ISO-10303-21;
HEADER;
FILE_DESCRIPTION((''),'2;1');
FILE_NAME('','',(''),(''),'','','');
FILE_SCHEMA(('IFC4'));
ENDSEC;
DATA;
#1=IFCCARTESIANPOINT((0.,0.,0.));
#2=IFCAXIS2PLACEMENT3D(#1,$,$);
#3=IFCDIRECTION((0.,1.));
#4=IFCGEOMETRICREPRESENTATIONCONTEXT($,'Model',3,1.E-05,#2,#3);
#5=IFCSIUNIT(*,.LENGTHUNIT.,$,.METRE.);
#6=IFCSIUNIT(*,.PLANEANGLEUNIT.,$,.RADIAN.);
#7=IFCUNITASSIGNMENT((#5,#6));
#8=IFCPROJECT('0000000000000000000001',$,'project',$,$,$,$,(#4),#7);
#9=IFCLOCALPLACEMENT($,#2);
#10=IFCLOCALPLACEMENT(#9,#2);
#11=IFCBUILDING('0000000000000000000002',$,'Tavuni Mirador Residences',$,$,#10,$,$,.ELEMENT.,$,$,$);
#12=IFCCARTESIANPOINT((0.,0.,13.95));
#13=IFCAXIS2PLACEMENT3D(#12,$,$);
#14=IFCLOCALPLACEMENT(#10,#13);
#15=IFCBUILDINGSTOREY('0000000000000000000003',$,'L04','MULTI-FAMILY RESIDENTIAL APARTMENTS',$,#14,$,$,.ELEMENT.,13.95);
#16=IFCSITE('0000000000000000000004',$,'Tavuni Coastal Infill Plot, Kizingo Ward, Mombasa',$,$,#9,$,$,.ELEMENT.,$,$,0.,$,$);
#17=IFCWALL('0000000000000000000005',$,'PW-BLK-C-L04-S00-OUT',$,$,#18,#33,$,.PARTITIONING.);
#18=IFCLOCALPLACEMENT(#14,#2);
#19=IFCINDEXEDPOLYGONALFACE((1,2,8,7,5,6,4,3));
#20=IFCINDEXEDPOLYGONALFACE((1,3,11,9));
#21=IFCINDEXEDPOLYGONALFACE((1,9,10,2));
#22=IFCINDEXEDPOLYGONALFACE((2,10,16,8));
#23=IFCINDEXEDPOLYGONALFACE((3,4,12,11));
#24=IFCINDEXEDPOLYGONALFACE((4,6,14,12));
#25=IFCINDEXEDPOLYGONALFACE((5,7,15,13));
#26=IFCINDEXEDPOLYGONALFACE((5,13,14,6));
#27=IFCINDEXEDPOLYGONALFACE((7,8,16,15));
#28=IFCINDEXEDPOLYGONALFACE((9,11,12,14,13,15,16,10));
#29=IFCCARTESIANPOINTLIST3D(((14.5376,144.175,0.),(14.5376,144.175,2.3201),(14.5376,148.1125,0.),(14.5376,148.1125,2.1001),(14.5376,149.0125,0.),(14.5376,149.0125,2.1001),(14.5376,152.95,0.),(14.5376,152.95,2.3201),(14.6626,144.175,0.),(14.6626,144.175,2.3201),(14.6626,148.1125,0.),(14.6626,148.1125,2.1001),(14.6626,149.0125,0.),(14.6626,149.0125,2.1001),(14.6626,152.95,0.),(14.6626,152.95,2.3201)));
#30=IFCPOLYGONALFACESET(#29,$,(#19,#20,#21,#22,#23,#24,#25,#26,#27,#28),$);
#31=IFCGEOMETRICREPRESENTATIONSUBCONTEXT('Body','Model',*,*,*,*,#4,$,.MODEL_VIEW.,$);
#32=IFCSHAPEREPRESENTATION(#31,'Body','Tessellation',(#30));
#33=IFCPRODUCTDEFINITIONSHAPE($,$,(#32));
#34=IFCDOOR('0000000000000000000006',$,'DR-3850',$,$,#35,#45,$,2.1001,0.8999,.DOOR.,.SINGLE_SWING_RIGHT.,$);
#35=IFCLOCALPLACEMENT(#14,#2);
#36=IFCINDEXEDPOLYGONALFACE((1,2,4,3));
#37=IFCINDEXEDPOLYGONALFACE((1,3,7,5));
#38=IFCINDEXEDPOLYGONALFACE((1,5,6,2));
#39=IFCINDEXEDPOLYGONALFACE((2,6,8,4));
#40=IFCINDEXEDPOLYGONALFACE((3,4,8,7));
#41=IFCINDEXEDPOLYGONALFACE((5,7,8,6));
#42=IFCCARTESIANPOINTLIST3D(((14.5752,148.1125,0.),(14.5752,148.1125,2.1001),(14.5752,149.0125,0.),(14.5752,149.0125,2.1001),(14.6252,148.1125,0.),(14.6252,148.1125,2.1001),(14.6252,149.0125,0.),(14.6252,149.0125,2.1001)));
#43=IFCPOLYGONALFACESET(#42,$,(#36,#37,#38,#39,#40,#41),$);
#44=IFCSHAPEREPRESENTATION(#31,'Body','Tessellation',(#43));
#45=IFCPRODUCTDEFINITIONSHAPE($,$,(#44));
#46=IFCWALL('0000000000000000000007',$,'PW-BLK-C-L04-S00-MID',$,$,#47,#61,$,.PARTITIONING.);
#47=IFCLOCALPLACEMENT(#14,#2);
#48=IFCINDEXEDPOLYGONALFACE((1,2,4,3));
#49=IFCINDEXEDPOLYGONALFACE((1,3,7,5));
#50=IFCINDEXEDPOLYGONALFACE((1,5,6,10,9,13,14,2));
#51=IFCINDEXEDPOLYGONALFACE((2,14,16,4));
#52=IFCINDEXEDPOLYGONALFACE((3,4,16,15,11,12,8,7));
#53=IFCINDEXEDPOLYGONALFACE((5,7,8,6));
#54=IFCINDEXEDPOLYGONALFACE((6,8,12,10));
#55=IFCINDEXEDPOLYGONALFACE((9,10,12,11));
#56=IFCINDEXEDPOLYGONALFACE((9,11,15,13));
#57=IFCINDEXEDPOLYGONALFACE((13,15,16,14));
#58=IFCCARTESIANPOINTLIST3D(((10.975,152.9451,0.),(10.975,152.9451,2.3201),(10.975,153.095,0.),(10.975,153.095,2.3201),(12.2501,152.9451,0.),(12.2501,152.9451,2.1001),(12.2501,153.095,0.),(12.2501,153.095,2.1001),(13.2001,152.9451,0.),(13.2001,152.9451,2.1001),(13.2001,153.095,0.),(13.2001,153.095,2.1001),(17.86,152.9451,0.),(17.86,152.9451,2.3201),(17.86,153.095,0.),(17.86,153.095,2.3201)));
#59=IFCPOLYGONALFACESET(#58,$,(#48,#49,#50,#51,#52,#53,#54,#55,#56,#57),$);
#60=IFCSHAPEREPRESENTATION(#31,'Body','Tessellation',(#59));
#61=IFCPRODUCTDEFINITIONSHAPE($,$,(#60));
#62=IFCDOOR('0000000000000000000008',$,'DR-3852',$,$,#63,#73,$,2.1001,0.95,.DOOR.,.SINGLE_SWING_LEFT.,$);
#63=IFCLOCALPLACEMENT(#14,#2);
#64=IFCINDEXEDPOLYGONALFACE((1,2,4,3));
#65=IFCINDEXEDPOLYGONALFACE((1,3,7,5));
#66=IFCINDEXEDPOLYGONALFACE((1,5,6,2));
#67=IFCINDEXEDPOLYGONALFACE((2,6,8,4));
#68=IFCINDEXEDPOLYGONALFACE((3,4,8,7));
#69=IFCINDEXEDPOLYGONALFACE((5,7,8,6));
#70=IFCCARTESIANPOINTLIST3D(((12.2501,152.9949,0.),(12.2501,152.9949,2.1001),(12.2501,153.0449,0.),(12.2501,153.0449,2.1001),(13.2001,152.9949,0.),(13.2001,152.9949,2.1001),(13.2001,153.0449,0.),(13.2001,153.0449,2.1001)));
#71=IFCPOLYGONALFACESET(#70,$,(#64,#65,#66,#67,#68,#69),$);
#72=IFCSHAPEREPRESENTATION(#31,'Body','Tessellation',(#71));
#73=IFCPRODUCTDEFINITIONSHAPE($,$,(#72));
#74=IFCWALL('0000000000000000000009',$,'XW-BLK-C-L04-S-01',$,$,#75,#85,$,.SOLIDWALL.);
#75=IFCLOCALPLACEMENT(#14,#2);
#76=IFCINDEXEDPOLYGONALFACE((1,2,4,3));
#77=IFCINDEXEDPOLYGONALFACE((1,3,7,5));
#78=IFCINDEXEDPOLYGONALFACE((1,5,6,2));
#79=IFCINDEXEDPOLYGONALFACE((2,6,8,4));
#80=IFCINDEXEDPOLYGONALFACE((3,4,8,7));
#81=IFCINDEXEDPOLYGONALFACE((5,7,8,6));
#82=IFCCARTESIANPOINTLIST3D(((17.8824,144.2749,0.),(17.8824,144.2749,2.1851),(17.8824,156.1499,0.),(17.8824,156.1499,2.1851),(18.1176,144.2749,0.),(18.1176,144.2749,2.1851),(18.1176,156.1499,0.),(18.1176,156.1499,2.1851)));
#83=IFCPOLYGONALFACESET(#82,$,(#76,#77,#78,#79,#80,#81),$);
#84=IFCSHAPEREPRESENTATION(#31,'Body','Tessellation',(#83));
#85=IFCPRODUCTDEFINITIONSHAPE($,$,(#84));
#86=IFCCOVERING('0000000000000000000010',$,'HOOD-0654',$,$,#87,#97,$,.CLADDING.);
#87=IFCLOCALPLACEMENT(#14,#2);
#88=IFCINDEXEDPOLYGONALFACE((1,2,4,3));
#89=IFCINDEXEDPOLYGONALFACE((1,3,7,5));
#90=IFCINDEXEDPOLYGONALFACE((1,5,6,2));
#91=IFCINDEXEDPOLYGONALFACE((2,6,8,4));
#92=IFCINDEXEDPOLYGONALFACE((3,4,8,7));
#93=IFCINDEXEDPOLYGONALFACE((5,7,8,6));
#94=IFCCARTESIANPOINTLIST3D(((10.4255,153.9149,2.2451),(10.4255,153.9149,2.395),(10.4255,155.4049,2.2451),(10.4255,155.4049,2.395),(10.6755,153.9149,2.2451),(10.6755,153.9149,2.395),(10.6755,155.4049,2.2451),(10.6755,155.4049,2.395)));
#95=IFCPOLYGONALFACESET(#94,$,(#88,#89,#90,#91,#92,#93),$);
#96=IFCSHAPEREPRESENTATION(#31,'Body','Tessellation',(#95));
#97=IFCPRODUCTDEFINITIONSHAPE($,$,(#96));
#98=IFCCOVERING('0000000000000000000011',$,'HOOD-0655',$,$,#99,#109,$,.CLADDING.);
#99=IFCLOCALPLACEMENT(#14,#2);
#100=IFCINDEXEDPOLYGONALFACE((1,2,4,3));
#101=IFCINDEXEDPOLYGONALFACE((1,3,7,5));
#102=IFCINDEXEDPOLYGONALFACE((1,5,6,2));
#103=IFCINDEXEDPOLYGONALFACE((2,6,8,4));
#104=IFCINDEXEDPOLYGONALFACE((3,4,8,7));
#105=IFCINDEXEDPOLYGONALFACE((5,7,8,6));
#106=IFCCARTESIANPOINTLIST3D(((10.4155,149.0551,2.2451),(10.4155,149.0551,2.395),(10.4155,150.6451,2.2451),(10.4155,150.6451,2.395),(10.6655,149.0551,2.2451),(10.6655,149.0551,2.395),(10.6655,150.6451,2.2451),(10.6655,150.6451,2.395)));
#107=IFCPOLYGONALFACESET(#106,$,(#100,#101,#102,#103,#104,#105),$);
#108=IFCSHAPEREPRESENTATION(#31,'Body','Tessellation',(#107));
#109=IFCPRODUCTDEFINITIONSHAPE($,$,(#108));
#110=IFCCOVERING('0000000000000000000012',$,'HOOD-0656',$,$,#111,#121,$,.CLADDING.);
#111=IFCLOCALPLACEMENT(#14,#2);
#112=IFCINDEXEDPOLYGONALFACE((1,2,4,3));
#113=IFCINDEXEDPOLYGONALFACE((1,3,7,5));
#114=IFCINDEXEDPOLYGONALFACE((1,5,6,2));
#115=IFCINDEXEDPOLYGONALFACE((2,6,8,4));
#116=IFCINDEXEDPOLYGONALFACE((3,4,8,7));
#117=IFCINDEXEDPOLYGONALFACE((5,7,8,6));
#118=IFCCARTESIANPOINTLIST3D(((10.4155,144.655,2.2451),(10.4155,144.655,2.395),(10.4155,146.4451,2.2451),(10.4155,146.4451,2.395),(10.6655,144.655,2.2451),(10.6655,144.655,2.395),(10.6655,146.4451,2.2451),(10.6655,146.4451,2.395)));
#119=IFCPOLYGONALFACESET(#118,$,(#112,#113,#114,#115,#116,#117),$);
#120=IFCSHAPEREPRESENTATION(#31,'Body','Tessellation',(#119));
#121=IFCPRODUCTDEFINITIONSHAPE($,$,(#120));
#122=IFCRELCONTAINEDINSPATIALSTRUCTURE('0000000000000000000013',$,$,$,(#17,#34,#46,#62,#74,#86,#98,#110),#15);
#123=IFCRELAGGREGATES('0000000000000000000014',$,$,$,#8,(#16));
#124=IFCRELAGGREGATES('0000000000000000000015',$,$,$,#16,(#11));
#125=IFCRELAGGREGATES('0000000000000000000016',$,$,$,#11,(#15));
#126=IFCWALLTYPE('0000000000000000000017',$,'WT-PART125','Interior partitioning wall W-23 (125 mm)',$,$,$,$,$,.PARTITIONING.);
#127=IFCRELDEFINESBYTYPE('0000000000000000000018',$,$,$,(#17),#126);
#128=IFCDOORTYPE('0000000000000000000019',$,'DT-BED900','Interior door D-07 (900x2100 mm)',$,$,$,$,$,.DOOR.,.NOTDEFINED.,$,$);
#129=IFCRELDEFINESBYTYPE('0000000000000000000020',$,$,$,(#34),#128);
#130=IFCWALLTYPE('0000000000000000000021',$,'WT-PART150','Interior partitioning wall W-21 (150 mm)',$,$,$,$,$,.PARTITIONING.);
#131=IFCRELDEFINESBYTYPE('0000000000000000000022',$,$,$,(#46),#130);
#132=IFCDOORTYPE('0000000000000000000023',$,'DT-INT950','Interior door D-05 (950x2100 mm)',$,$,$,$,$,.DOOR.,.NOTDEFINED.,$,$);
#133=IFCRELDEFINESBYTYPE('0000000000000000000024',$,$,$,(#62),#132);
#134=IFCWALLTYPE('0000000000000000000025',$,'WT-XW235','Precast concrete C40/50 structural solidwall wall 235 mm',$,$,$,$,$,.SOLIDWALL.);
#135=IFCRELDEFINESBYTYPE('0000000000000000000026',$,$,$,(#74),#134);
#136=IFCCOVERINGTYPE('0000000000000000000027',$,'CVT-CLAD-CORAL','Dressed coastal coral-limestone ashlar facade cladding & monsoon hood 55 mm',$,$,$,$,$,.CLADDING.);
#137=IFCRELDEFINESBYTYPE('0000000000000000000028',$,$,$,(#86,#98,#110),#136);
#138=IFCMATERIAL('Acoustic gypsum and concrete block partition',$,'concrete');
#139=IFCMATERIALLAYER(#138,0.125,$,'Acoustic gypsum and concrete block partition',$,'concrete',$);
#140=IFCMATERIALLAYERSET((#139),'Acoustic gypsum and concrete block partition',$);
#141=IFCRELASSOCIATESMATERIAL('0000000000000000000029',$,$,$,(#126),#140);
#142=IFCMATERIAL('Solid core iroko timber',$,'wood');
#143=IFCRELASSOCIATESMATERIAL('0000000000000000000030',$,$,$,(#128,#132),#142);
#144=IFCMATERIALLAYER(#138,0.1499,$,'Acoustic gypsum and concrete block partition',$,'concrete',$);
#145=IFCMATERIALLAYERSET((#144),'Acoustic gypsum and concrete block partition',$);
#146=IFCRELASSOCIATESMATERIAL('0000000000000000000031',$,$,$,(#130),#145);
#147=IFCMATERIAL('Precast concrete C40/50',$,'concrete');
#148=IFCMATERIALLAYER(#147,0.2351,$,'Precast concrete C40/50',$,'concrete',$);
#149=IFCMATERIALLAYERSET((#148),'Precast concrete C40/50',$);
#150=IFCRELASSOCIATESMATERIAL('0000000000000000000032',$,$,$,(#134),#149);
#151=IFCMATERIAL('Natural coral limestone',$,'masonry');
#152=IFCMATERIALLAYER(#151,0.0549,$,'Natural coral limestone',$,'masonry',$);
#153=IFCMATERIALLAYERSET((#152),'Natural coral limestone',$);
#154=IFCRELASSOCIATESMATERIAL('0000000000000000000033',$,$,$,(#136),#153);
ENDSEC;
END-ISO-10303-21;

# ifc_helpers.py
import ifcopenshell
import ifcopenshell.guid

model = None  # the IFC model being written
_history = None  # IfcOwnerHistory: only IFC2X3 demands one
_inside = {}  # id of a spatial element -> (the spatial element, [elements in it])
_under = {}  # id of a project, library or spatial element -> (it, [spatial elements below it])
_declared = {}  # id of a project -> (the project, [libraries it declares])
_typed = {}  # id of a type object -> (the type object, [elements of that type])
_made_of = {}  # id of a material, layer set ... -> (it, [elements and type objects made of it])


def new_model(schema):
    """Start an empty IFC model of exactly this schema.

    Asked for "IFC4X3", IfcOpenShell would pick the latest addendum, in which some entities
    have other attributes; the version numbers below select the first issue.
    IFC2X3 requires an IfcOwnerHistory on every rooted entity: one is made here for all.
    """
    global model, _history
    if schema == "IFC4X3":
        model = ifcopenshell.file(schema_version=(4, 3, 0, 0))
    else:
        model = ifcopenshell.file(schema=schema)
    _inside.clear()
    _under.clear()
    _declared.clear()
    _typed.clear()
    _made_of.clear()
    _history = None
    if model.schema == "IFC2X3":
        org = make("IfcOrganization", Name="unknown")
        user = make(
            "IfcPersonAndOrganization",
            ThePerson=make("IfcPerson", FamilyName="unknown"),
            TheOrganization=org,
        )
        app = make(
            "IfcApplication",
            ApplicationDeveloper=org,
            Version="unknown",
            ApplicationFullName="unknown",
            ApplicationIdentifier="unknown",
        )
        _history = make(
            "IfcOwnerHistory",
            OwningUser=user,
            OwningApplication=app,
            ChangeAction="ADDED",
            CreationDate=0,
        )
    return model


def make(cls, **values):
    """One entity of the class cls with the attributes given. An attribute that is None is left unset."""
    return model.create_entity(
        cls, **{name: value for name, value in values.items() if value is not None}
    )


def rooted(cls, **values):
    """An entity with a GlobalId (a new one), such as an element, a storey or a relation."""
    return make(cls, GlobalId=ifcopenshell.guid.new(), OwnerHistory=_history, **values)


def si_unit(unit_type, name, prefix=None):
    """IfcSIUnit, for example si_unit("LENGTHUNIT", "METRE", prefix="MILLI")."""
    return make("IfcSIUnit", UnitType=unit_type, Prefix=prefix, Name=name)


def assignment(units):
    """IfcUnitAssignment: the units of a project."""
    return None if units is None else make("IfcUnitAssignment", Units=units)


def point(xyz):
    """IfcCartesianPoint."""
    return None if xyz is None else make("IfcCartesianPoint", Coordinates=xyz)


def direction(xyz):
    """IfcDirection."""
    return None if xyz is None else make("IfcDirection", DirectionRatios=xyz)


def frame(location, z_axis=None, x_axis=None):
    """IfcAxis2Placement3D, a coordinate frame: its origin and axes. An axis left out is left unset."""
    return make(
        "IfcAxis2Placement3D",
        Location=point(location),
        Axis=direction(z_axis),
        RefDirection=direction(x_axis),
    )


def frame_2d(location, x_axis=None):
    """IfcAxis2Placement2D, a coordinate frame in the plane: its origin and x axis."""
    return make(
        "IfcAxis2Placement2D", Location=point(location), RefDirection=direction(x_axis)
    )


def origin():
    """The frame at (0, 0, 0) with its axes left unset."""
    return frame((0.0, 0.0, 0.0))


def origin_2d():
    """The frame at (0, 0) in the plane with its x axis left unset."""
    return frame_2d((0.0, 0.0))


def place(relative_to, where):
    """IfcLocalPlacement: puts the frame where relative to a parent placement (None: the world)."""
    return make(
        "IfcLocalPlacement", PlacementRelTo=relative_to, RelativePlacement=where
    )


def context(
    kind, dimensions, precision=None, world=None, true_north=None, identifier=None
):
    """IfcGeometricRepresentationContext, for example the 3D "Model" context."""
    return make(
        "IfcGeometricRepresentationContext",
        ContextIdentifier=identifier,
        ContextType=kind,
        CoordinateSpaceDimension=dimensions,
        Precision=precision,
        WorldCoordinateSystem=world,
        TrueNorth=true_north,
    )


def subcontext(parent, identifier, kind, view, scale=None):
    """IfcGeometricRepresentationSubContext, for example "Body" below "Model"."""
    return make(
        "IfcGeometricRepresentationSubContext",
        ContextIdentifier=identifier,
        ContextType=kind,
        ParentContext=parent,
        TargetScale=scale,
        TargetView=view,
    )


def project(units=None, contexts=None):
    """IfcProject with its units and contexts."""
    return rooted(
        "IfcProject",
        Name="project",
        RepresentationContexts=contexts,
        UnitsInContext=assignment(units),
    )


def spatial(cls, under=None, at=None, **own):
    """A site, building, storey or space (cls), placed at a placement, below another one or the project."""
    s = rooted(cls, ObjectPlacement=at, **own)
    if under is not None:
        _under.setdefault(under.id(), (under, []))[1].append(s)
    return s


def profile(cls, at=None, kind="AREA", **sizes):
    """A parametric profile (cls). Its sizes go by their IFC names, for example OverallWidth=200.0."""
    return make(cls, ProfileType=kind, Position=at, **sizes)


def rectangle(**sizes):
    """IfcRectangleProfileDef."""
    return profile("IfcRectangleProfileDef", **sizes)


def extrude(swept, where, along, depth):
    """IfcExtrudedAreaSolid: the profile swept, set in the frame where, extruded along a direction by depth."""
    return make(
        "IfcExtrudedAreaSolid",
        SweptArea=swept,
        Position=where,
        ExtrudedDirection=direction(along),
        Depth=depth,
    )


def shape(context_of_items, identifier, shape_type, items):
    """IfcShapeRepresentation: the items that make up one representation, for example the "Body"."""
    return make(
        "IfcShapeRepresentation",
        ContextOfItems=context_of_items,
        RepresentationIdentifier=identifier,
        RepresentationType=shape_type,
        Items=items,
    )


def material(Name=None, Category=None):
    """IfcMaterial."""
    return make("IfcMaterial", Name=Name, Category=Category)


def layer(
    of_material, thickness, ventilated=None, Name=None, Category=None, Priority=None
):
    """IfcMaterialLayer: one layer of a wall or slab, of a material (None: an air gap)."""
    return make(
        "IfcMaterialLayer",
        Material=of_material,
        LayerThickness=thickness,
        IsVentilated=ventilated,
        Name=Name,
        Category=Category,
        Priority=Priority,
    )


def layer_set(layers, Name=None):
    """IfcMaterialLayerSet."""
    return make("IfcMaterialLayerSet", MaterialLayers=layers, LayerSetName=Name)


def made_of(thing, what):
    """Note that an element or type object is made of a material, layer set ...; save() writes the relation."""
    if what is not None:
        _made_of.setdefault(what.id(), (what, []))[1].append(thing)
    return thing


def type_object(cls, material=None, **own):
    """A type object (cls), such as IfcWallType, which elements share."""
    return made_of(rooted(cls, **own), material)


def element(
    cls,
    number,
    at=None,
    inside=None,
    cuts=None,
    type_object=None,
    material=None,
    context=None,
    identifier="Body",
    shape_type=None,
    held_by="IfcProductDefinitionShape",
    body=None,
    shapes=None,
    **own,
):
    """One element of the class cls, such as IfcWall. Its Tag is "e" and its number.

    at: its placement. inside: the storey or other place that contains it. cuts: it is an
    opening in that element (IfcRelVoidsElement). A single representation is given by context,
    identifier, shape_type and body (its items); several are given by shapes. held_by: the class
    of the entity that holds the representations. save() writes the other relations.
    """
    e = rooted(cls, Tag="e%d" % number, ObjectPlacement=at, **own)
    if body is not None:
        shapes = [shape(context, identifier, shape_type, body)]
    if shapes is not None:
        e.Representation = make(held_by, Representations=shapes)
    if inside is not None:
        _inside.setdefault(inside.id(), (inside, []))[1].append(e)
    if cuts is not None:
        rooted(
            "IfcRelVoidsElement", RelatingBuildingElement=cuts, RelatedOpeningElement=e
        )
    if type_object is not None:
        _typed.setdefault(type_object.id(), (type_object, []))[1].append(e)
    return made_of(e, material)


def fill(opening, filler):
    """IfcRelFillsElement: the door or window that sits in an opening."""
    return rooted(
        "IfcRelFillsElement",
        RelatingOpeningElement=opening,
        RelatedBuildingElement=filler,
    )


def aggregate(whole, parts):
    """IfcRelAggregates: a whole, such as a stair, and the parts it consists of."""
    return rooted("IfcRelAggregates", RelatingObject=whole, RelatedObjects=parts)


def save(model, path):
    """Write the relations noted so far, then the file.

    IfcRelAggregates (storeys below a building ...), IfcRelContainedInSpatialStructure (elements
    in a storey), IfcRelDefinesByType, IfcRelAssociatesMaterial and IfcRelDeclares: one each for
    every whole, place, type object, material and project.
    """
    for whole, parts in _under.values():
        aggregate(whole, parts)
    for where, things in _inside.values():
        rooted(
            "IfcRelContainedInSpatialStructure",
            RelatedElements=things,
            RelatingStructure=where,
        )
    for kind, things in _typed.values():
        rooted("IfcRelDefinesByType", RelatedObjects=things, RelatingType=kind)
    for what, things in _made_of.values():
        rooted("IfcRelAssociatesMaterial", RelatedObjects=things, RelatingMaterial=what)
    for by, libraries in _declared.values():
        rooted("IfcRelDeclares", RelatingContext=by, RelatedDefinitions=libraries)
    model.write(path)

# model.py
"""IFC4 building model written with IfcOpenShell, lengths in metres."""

from ifc_helpers import new_model, si_unit, direction, frame, frame_2d, origin, origin_2d, place, context, subcontext, project, spatial, rectangle, extrude, material, layer, layer_set, type_object, element, fill, save


model = new_model("IFC4")

# Units and contexts
model_context = context("Model", 3, precision=1e-05, world=origin(), true_north=direction((0.0, 1.0)))
body_context = subcontext(model_context, "Body", "Model", "MODEL_VIEW")
ifc_project = project(units=[si_unit("LENGTHUNIT", "METRE"), si_unit("PLANEANGLEUNIT", "RADIAN")], contexts=[model_context])

# Site, building, storey
site_placement = place(None, origin())
site = spatial("IfcSite", under=ifc_project, at=site_placement, Name="Tavuni Coastal Infill Plot, Kizingo Ward, Mombasa", CompositionType="ELEMENT", RefElevation=0.0)
building_placement = place(site_placement, origin())
building = spatial("IfcBuilding", under=site, at=building_placement, Name="Tavuni Mirador Residences", CompositionType="ELEMENT")
storey_placement = place(building_placement, frame((0.0, 0.0, 13.95)))
storey = spatial("IfcBuildingStorey", under=building, at=storey_placement, Name="L04", Description="MULTI-FAMILY RESIDENTIAL APARTMENTS", CompositionType="ELEMENT", Elevation=13.95)

# Shared definitions
ifc_material_1 = material(Name="Precast concrete C40/50", Category="concrete")

# Shared definitions
ifc_material_2 = material(Name="Solid core iroko timber", Category="wood")

# Walls, openings, doors
ifc_material_3 = material(Name="Acoustic gypsum and concrete block partition", Category="concrete")
ifc_layer_1 = layer(ifc_material_3, 0.125, Name="Acoustic gypsum and concrete block partition", Category="concrete")
ifc_layer_set_1 = layer_set([ifc_layer_1], Name="Acoustic gypsum and concrete block partition")
wall_type_1 = type_object("IfcWallType", Name="WT-PART125", Description="Interior partitioning wall W-23 (125 mm)", PredefinedType="PARTITIONING", material=ifc_layer_set_1)
wall_1_placement = place(storey_placement, frame((14.6001, 144.175, 0.0), z_axis=(0.0, 0.0, 1.0), x_axis=(0.0, 1.0, 0.0)))
wall_1 = element("IfcWall", 1, at=wall_1_placement, inside=storey, type_object=wall_type_1, Name="PW-BLK-C-L04-S00-OUT", PredefinedType="PARTITIONING", context=body_context, shape_type="SweptSolid", body=[
    extrude(rectangle(XDim=8.7749, YDim=0.125, at=frame_2d((4.3875, 0.0))), origin(), (0.0, 0.0, 1.0), 2.3201),
])
opening_1_placement = place(wall_1_placement, frame((3.9375, 0.0, 0.0)))
opening_1 = element("IfcOpeningElement", 2, at=opening_1_placement, cuts=wall_1, PredefinedType="OPENING", context=body_context, shape_type="SweptSolid", body=[
    extrude(rectangle(XDim=0.8999, YDim=2.1001, at=frame_2d((0.45, 1.05))), frame((0.0, 0.0725, 0.0), z_axis=(0.0, -1.0, 0.0), x_axis=(1.0, 0.0, 0.0)), (0.0, 0.0, 1.0), 0.145),
])
door_type_1 = type_object("IfcDoorType", Name="DT-BED900", Description="Interior door D-07 (900x2100 mm)", OperationType="NOTDEFINED", PredefinedType="DOOR", material=ifc_material_2)
door_1_placement = place(opening_1_placement, origin())
door_1 = element("IfcDoor", 3, at=door_1_placement, inside=storey, type_object=door_type_1, Name="DR-3850", OperationType="SINGLE_SWING_RIGHT", OverallHeight=2.1001, OverallWidth=0.8999, PredefinedType="DOOR", context=body_context, shape_type="SweptSolid", body=[
    extrude(rectangle(XDim=0.8999, YDim=2.1001, at=frame_2d((0.45, 1.05))), frame((0.0, 0.0249, 0.0), z_axis=(0.0, -1.0, 0.0), x_axis=(1.0, 0.0, 0.0)), (0.0, 0.0, 1.0), 0.05),
])
fill(opening_1, door_1)
ifc_layer_2 = layer(ifc_material_3, 0.1499, Name="Acoustic gypsum and concrete block partition", Category="concrete")
ifc_layer_set_2 = layer_set([ifc_layer_2], Name="Acoustic gypsum and concrete block partition")
wall_type_2 = type_object("IfcWallType", Name="WT-PART150", Description="Interior partitioning wall W-21 (150 mm)", PredefinedType="PARTITIONING", material=ifc_layer_set_2)
wall_2_placement = place(storey_placement, frame((10.9751, 153.02, 0.0), z_axis=(0.0, 0.0, 1.0), x_axis=(1.0, 0.0, 0.0)))
wall_2 = element("IfcWall", 4, at=wall_2_placement, inside=storey, type_object=wall_type_2, Name="PW-BLK-C-L04-S00-MID", PredefinedType="PARTITIONING", context=body_context, shape_type="SweptSolid", body=[
    extrude(rectangle(XDim=6.885, YDim=0.1499, at=frame_2d((3.4424, 0.0))), origin(), (0.0, 0.0, 1.0), 2.3201),
])
opening_2_placement = place(wall_2_placement, frame((1.2749, 0.0, 0.0)))
opening_2 = element("IfcOpeningElement", 5, at=opening_2_placement, cuts=wall_2, PredefinedType="OPENING", context=body_context, shape_type="SweptSolid", body=[
    extrude(rectangle(XDim=0.95, YDim=2.1001, at=frame_2d((0.4751, 1.05))), frame((0.0, 0.085, 0.0), z_axis=(0.0, -1.0, 0.0), x_axis=(1.0, 0.0, 0.0)), (0.0, 0.0, 1.0), 0.1699),
])
door_type_2 = type_object("IfcDoorType", Name="DT-INT950", Description="Interior door D-05 (950x2100 mm)", OperationType="NOTDEFINED", PredefinedType="DOOR", material=ifc_material_2)
door_2_placement = place(opening_2_placement, origin())
door_2 = element("IfcDoor", 6, at=door_2_placement, inside=storey, type_object=door_type_2, Name="DR-3852", OperationType="SINGLE_SWING_LEFT", OverallHeight=2.1001, OverallWidth=0.95, PredefinedType="DOOR", context=body_context, shape_type="SweptSolid", body=[
    extrude(rectangle(XDim=0.95, YDim=2.1001, at=frame_2d((0.4751, 1.05))), frame((0.0, 0.0249, 0.0), z_axis=(0.0, -1.0, 0.0), x_axis=(1.0, 0.0, 0.0)), (0.0, 0.0, 1.0), 0.05),
])
fill(opening_2, door_2)

# Wall
ifc_layer_3 = layer(ifc_material_1, 0.2351, Name="Precast concrete C40/50", Category="concrete")
ifc_layer_set_3 = layer_set([ifc_layer_3], Name="Precast concrete C40/50")
wall_type_3 = type_object("IfcWallType", Name="WT-XW235", Description="Precast concrete C40/50 structural solidwall wall 235 mm", PredefinedType="SOLIDWALL", material=ifc_layer_set_3)
wall_3_placement = place(storey_placement, frame((18.0, 144.2749, 0.0), z_axis=(0.0, 0.0, 1.0), x_axis=(0.0, 1.0, 0.0)))
element("IfcWall", 7, at=wall_3_placement, inside=storey, type_object=wall_type_3, Name="XW-BLK-C-L04-S-01", PredefinedType="SOLIDWALL", context=body_context, shape_type="SweptSolid", body=[
    extrude(rectangle(XDim=11.875, YDim=0.2351, at=frame_2d((5.9375, 0.0))), origin(), (0.0, 0.0, 1.0), 2.1851),
])

# Coverings
ifc_material_4 = material(Name="Natural coral limestone", Category="masonry")
ifc_layer_4 = layer(ifc_material_4, 0.0549, Name="Natural coral limestone", Category="masonry")
ifc_layer_set_4 = layer_set([ifc_layer_4], Name="Natural coral limestone")
covering_type = type_object("IfcCoveringType", Name="CVT-CLAD-CORAL", Description="Dressed coastal coral-limestone ashlar facade cladding & monsoon hood 55 mm", PredefinedType="CLADDING", material=ifc_layer_set_4)
covering_1_placement = place(storey_placement, frame((10.5505, 154.6599, 2.2451), z_axis=(0.0, 0.0, 1.0), x_axis=(0.0, -1.0, 0.0)))
element("IfcCovering", 8, at=covering_1_placement, inside=storey, type_object=covering_type, Name="HOOD-0654", PredefinedType="CLADDING", context=body_context, shape_type="SweptSolid", body=[
    extrude(rectangle(XDim=1.49, YDim=0.25, at=origin_2d()), origin(), (0.0, 0.0, 1.0), 0.1499),
])
covering_2_placement = place(storey_placement, frame((10.5405, 149.8501, 2.2451), z_axis=(0.0, 0.0, 1.0), x_axis=(0.0, -1.0, 0.0)))
element("IfcCovering", 9, at=covering_2_placement, inside=storey, type_object=covering_type, Name="HOOD-0655", PredefinedType="CLADDING", context=body_context, shape_type="SweptSolid", body=[
    extrude(rectangle(XDim=1.5901, YDim=0.25, at=origin_2d()), origin(), (0.0, 0.0, 1.0), 0.1499),
])
covering_3_placement = place(storey_placement, frame((10.5405, 145.55, 2.2451), z_axis=(0.0, 0.0, 1.0), x_axis=(0.0, -1.0, 0.0)))
element("IfcCovering", 10, at=covering_3_placement, inside=storey, type_object=covering_type, Name="HOOD-0656", PredefinedType="CLADDING", context=body_context, shape_type="SweptSolid", body=[
    extrude(rectangle(XDim=1.79, YDim=0.25, at=origin_2d()), origin(), (0.0, 0.0, 1.0), 0.1499),
])

save(model, "model.ifc")
